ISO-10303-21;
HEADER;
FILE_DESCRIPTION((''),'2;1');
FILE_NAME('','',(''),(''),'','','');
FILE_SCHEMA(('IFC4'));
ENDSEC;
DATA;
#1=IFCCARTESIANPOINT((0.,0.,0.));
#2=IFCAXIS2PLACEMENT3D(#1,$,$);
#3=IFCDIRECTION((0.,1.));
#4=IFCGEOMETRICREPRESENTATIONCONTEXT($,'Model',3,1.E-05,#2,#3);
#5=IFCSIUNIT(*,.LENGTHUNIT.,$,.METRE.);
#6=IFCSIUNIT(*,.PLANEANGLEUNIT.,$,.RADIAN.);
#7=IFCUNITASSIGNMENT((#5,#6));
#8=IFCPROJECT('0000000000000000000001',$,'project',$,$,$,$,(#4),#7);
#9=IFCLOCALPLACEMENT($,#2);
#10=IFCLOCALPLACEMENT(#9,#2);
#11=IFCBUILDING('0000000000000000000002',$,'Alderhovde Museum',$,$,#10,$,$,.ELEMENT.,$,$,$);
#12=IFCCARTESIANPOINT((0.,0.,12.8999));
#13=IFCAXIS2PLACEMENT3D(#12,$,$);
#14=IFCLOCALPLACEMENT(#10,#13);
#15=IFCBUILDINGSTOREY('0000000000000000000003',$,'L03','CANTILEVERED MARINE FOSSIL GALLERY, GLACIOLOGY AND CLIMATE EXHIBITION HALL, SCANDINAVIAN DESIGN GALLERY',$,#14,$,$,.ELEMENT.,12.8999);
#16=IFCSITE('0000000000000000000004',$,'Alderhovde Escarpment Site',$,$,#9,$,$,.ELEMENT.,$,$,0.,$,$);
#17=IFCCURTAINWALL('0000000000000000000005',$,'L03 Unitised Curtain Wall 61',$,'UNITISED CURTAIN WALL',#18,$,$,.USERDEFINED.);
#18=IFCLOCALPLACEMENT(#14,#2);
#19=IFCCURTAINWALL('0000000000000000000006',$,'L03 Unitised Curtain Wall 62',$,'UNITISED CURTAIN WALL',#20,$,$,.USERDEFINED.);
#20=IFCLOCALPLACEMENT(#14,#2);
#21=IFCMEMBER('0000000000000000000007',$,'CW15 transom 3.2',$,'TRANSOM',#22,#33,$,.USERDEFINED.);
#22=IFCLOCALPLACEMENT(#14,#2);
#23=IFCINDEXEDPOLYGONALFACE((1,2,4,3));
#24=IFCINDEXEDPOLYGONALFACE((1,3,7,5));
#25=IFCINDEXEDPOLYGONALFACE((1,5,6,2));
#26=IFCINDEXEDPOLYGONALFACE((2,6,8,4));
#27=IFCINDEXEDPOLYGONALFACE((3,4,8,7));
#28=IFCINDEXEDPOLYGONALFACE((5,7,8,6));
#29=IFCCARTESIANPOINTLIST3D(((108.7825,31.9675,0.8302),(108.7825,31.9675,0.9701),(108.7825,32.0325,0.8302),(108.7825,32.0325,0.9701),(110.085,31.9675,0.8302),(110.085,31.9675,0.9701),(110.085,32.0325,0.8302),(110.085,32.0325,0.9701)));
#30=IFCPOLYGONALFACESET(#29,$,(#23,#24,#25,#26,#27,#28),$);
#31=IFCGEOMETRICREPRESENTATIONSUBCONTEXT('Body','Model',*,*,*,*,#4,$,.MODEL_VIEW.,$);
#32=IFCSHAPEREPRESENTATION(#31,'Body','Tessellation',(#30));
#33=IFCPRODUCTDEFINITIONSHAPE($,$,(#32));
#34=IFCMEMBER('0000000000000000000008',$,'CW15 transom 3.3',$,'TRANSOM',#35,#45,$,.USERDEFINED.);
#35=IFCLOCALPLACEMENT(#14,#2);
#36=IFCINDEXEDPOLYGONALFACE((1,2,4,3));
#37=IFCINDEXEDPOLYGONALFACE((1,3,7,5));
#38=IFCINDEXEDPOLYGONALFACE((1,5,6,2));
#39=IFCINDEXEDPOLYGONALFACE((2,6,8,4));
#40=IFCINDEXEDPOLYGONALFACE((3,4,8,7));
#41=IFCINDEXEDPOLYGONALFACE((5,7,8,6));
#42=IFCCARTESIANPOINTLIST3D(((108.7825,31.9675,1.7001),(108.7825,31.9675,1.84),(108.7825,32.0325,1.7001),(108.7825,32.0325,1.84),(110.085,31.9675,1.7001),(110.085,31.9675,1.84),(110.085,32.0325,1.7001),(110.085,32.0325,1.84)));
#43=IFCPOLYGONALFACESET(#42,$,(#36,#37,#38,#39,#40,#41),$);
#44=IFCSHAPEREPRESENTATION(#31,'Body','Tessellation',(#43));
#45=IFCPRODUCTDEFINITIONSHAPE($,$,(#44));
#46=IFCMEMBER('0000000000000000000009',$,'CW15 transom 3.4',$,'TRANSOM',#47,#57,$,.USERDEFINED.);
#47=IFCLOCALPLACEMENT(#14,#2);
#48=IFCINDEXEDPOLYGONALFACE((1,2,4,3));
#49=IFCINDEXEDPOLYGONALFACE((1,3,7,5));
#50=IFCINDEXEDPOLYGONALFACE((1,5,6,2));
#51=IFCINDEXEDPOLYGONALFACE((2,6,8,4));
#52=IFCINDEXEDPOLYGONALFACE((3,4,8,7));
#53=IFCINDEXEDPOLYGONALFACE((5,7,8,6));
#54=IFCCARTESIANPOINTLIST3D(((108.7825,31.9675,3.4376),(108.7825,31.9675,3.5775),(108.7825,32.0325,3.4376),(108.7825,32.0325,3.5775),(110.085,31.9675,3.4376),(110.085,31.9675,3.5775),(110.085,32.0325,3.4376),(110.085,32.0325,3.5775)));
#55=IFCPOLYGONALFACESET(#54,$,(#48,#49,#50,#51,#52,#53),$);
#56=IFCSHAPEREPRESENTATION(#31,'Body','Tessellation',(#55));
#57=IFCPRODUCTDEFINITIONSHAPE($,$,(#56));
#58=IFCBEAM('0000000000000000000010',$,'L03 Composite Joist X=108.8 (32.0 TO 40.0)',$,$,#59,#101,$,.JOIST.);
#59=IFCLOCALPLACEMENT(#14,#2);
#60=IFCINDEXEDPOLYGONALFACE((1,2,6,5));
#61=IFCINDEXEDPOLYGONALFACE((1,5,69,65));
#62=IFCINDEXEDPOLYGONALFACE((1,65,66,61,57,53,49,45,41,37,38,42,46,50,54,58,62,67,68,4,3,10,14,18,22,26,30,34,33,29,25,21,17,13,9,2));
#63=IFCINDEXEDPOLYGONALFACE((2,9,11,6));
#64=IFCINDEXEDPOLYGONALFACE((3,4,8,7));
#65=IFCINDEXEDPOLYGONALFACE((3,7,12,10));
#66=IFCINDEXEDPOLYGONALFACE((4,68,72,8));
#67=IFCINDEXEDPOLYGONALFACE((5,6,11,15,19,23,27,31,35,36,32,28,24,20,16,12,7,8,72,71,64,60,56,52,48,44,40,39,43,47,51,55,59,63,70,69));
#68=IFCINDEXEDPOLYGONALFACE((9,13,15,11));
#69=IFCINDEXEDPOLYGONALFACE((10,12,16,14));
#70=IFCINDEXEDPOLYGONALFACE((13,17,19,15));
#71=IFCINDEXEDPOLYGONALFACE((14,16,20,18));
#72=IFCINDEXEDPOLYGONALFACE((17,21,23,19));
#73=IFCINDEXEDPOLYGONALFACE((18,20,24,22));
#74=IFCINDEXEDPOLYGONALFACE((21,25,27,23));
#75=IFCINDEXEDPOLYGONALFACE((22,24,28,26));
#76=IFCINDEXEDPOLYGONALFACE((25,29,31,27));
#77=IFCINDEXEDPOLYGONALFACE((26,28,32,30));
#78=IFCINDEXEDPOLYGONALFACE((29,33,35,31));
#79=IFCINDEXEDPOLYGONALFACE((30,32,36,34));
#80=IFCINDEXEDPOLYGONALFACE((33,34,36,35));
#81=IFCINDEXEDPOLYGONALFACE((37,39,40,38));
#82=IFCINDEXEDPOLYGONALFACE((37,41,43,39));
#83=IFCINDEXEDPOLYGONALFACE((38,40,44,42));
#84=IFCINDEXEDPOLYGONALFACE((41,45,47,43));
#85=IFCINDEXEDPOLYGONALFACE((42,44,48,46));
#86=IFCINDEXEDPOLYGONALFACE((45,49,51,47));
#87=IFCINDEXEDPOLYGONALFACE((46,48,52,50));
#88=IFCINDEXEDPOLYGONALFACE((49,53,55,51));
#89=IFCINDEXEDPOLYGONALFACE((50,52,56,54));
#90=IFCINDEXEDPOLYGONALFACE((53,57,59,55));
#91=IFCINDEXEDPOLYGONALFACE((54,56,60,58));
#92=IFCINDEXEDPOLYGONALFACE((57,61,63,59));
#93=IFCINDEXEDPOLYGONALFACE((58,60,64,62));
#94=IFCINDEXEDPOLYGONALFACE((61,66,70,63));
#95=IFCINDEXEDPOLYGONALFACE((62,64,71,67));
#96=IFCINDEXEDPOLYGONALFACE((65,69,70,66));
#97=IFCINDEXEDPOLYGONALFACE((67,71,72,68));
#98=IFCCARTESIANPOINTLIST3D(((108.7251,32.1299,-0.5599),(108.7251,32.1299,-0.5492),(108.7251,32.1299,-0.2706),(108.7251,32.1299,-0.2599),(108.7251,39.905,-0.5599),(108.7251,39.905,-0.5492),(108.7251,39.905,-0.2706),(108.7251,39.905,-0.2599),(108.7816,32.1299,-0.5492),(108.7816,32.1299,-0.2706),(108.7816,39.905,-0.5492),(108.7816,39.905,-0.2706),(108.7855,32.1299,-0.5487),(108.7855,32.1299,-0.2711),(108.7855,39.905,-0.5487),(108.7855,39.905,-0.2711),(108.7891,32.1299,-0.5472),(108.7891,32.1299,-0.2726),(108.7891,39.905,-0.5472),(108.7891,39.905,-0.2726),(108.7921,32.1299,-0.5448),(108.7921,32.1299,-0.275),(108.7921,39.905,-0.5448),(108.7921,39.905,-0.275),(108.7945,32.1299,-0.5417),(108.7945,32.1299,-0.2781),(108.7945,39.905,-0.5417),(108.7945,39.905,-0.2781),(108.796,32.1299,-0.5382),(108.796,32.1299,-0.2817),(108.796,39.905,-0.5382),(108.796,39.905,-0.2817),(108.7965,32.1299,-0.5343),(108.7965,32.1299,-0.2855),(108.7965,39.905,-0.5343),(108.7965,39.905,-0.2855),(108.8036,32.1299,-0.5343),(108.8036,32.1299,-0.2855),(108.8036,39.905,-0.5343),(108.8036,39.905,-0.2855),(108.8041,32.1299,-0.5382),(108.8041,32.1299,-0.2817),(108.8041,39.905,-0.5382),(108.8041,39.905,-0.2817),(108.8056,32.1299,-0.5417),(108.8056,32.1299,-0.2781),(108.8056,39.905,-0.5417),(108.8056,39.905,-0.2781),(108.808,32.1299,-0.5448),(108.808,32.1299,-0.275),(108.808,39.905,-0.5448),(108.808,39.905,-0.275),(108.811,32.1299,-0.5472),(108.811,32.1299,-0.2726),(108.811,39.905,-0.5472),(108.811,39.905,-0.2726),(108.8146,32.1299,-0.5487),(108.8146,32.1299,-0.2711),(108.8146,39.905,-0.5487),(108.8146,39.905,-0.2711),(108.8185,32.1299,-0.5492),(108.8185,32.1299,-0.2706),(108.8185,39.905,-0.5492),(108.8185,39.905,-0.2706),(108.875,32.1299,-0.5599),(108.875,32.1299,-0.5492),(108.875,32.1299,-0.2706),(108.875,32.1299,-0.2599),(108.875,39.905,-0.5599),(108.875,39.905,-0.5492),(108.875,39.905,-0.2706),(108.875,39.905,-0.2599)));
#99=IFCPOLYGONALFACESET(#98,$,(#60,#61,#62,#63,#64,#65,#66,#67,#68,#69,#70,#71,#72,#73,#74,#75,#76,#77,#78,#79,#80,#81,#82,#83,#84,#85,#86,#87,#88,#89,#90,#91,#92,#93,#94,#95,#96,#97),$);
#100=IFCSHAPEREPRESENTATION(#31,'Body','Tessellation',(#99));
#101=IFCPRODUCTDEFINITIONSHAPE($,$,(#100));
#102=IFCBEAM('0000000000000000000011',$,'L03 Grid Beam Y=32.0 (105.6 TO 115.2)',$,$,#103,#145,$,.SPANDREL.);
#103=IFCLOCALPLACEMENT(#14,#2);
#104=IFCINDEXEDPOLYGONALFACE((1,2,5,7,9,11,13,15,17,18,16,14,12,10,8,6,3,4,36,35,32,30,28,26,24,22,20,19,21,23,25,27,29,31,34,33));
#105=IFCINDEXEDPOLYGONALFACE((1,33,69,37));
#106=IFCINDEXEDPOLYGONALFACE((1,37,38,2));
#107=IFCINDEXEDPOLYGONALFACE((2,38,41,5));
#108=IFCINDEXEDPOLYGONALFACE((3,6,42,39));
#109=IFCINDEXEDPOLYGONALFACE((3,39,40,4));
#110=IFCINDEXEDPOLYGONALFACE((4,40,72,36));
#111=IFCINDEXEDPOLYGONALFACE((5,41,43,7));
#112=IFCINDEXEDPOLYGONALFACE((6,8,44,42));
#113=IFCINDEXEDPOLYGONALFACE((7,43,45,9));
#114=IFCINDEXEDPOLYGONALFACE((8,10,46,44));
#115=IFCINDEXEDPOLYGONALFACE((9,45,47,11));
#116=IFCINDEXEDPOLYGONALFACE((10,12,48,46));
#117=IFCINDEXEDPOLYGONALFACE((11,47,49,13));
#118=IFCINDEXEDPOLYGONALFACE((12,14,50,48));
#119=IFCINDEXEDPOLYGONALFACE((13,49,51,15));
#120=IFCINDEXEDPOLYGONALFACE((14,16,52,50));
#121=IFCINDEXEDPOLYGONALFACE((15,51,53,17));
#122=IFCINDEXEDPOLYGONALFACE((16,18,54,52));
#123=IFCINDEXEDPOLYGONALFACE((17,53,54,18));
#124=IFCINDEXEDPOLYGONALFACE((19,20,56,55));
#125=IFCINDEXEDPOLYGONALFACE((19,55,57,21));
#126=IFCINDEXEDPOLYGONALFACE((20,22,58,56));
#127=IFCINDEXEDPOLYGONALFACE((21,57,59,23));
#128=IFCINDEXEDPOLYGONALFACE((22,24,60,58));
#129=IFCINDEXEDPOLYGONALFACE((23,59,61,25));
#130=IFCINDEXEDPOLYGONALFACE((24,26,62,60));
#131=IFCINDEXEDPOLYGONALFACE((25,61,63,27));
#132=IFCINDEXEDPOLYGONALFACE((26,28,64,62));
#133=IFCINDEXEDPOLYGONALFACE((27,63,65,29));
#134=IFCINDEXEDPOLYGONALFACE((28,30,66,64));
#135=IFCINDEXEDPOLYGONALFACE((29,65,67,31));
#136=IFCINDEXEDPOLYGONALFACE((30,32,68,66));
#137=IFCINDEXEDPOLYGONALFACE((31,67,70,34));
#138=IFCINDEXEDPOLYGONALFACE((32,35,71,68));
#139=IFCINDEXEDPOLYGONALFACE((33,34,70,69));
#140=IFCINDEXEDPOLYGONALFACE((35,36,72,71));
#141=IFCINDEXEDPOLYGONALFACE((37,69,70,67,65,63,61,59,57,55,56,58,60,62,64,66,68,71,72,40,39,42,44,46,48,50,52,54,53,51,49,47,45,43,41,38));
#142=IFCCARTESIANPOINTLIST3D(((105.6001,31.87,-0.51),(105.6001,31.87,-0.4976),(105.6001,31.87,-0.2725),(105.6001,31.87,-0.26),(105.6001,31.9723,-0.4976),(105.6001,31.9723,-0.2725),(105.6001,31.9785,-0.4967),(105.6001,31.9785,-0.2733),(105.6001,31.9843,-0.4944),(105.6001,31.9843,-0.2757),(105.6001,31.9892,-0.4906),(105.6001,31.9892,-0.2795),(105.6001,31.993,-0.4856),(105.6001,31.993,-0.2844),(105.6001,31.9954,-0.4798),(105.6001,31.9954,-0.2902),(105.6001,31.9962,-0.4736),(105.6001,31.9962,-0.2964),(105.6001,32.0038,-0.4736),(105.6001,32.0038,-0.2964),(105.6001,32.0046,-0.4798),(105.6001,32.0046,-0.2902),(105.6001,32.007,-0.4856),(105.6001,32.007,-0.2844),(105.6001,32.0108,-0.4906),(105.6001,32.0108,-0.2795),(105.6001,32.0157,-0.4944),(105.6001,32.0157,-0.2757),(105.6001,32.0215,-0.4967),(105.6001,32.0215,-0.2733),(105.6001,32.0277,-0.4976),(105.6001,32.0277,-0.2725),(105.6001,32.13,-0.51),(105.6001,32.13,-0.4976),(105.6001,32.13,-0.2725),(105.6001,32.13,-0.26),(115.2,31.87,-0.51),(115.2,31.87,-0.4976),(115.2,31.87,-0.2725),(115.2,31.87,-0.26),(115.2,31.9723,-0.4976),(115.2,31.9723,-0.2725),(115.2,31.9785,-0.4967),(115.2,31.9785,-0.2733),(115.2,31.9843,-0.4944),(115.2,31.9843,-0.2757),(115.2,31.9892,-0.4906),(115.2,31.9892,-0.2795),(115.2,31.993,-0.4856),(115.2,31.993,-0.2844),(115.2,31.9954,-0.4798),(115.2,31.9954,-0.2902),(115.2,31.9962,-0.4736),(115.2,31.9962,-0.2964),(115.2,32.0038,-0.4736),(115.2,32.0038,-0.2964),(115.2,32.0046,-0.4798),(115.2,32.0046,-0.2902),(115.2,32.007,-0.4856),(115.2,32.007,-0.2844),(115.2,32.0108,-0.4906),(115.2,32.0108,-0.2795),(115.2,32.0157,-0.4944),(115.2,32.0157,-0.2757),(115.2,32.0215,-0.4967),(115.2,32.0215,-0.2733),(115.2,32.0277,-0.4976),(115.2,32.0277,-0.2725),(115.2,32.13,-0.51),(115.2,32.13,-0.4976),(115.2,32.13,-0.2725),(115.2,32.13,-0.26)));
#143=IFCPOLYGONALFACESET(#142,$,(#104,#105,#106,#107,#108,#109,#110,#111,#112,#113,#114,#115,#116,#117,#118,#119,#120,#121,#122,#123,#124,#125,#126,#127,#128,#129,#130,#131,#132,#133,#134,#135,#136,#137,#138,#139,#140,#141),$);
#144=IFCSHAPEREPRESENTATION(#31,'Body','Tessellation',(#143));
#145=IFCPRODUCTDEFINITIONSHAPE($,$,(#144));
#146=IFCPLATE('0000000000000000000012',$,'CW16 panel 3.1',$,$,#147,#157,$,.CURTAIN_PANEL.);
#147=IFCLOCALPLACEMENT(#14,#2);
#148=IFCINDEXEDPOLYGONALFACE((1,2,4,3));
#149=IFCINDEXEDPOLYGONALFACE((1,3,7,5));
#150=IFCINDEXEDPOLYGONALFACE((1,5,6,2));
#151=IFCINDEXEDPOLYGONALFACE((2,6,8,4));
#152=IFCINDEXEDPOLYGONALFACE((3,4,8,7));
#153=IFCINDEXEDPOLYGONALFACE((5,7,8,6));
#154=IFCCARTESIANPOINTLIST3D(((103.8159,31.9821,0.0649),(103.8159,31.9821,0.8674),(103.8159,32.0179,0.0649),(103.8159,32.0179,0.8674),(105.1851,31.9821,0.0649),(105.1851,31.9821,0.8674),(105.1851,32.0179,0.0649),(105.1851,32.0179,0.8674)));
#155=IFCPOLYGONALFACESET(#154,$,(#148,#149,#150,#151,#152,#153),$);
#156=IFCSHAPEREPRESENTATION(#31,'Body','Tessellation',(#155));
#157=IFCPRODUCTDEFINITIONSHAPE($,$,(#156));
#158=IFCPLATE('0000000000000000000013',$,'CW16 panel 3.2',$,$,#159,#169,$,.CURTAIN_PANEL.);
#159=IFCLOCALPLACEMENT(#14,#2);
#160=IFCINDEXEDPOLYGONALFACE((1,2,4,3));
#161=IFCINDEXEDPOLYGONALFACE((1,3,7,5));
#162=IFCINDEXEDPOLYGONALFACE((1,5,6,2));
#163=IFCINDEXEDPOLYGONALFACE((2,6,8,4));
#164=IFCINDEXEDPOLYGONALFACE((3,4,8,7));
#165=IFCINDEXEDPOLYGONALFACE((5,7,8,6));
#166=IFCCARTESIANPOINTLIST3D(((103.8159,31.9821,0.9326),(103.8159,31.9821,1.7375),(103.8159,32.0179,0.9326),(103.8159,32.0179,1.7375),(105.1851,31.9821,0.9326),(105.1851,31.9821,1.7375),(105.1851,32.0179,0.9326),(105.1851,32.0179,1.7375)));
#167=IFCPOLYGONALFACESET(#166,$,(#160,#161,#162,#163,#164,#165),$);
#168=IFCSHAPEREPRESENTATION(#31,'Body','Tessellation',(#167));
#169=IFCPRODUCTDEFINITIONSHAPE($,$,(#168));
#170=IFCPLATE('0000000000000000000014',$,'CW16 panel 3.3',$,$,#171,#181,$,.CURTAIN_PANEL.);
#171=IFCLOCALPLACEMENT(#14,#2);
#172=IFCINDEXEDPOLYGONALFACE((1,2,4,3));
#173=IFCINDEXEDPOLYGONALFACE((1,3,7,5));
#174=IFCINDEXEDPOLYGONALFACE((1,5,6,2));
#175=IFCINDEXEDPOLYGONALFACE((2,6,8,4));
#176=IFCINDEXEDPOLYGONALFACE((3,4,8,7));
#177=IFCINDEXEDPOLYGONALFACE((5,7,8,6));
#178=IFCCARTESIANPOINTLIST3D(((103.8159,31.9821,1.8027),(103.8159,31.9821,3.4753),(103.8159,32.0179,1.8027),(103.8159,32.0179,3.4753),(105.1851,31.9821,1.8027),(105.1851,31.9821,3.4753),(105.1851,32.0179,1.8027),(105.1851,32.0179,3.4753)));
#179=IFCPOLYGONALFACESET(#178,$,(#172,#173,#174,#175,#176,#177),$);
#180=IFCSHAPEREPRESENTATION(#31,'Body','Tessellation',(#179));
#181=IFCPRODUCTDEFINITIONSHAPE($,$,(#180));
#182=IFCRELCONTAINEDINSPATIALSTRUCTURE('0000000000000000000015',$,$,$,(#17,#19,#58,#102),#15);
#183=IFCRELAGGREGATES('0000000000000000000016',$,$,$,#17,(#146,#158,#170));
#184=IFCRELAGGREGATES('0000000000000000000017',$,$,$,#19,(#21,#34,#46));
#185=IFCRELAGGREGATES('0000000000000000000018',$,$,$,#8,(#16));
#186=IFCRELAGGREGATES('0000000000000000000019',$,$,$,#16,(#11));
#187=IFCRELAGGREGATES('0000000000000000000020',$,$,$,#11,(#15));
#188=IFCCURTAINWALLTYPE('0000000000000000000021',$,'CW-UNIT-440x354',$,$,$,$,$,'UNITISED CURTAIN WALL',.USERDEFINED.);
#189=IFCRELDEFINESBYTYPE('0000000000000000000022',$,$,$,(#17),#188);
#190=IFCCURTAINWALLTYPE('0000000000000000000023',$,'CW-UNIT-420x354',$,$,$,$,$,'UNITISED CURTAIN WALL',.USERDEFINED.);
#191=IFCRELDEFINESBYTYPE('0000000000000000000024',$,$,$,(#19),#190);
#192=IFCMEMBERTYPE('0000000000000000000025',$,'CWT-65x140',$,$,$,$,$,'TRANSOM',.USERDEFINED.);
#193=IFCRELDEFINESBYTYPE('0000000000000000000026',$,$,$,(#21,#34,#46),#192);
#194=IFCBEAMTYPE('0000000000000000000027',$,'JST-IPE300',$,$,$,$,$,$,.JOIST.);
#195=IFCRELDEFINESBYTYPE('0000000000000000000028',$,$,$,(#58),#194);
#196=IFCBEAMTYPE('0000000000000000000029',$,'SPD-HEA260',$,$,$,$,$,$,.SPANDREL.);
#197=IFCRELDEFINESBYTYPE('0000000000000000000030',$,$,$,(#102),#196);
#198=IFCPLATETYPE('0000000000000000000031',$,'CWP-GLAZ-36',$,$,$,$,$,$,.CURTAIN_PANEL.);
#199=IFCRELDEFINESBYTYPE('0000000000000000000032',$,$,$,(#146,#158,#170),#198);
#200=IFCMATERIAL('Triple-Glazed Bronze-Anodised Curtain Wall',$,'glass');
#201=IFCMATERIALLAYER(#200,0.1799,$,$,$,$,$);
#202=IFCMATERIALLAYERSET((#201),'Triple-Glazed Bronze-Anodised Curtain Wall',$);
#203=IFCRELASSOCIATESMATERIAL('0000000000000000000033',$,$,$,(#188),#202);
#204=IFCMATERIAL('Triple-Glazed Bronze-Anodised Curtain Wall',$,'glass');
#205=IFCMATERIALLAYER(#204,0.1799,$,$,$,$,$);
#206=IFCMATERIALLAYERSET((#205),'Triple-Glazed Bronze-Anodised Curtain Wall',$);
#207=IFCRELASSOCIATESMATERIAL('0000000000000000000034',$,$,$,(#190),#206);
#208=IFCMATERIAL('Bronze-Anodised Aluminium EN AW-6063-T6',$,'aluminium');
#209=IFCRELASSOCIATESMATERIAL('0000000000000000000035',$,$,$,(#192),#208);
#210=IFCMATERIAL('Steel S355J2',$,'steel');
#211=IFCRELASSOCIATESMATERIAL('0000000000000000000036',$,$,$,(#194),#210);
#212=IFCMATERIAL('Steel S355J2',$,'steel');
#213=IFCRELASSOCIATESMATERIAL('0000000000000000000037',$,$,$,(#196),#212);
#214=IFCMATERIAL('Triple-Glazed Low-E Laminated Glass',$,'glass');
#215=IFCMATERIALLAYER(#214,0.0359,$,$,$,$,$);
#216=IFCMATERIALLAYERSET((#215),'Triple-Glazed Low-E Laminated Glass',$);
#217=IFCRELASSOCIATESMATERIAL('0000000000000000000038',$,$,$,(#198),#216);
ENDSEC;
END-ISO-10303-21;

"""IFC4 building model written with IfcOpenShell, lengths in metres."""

from ifc_helpers import new_model, si_unit, direction, frame, origin, origin_2d, place, context, subcontext, project, spatial, rectangle, i_section, extrude, material, layer, layer_set, material_profile, profile_set, type_object, element, aggregate, save


model = new_model("IFC4")

# Units and contexts
model_context = context("Model", 3, precision=1e-05, world=origin(), true_north=direction((0.0, 1.0)))
body_context = subcontext(model_context, "Body", "Model", "MODEL_VIEW")
ifc_project = project(units=[si_unit("LENGTHUNIT", "METRE"), si_unit("PLANEANGLEUNIT", "RADIAN")], contexts=[model_context])

# Site, building, storey
site_placement = place(None, origin())
site = spatial("IfcSite", under=ifc_project, at=site_placement, Name="Alderhovde Escarpment Site", CompositionType="ELEMENT", RefElevation=0.0)
building_placement = place(site_placement, origin())
building = spatial("IfcBuilding", under=site, at=building_placement, Name="Alderhovde Museum", CompositionType="ELEMENT")
storey_placement = place(building_placement, frame((0.0, 0.0, 12.8999)))
storey = spatial("IfcBuildingStorey", under=building, at=storey_placement, Name="L03", Description="CANTILEVERED MARINE FOSSIL GALLERY, GLACIOLOGY AND CLIMATE EXHIBITION HALL, SCANDINAVIAN DESIGN GALLERY", CompositionType="ELEMENT", Elevation=12.8999)

# Curtain wall
ifc_material_1 = material(Name="Triple-Glazed Bronze-Anodised Curtain Wall", Category="glass")
ifc_layer_1 = layer(ifc_material_1, 0.1799)
ifc_layer_set_1 = layer_set([ifc_layer_1], Name="Triple-Glazed Bronze-Anodised Curtain Wall")
curtain_wall_type_1 = type_object("IfcCurtainWallType", Name="CW-UNIT-440x354", ElementType="UNITISED CURTAIN WALL", PredefinedType="USERDEFINED", material=ifc_layer_set_1)
curtain_wall_1_placement = place(storey_placement, origin())
curtain_wall_1 = element("IfcCurtainWall", 1, at=curtain_wall_1_placement, inside=storey, type_object=curtain_wall_type_1, Name="L03 Unitised Curtain Wall 61", ObjectType="UNITISED CURTAIN WALL", PredefinedType="USERDEFINED")

# Curtain wall
ifc_material_2 = material(Name="Triple-Glazed Bronze-Anodised Curtain Wall", Category="glass")
ifc_layer_2 = layer(ifc_material_2, 0.1799)
ifc_layer_set_2 = layer_set([ifc_layer_2], Name="Triple-Glazed Bronze-Anodised Curtain Wall")
curtain_wall_type_2 = type_object("IfcCurtainWallType", Name="CW-UNIT-420x354", ElementType="UNITISED CURTAIN WALL", PredefinedType="USERDEFINED", material=ifc_layer_set_2)
curtain_wall_2_placement = place(storey_placement, origin())
curtain_wall_2 = element("IfcCurtainWall", 2, at=curtain_wall_2_placement, inside=storey, type_object=curtain_wall_type_2, Name="L03 Unitised Curtain Wall 62", ObjectType="UNITISED CURTAIN WALL", PredefinedType="USERDEFINED")

# Members
ifc_material_3 = material(Name="Bronze-Anodised Aluminium EN AW-6063-T6", Category="aluminium")
ifc_material_profile_1 = material_profile(ifc_material_3, rectangle(XDim=0.0649, YDim=0.1399, at=origin_2d()), Name="TRANSOM 65x140")
ifc_profile_set_1 = profile_set([ifc_material_profile_1], Name="Bronze-Anodised Aluminium EN AW-6063-T6")
member_type_1 = type_object("IfcMemberType", Name="CWT-65x140", ElementType="TRANSOM", PredefinedType="USERDEFINED", material=ifc_profile_set_1)
member_1_placement = place(storey_placement, frame((108.7825, 32.0, 0.9001), z_axis=(1.0, 0.0, 0.0), x_axis=(0.0, 1.0, 0.0)))
member_1 = element("IfcMember", 3, at=member_1_placement, type_object=member_type_1, Name="CW15 transom 3.2", ObjectType="TRANSOM", PredefinedType="USERDEFINED", context=body_context, shape_type="SweptSolid", body=[
    extrude(rectangle(XDim=0.0649, YDim=0.1399, at=origin_2d()), origin(), (0.0, 0.0, 1.0), 1.3025),
])
member_2_placement = place(storey_placement, frame((108.7825, 32.0, 1.77), z_axis=(1.0, 0.0, 0.0), x_axis=(0.0, 1.0, 0.0)))
member_2 = element("IfcMember", 4, at=member_2_placement, type_object=member_type_1, Name="CW15 transom 3.3", ObjectType="TRANSOM", PredefinedType="USERDEFINED", context=body_context, shape_type="SweptSolid", body=[
    extrude(rectangle(XDim=0.0649, YDim=0.1399, at=origin_2d()), origin(), (0.0, 0.0, 1.0), 1.3025),
])
member_3_placement = place(storey_placement, frame((108.7825, 32.0, 3.5076), z_axis=(1.0, 0.0, 0.0), x_axis=(0.0, 1.0, 0.0)))
member_3 = element("IfcMember", 5, at=member_3_placement, type_object=member_type_1, Name="CW15 transom 3.4", ObjectType="TRANSOM", PredefinedType="USERDEFINED", context=body_context, shape_type="SweptSolid", body=[
    extrude(rectangle(XDim=0.0649, YDim=0.1399, at=origin_2d()), origin(), (0.0, 0.0, 1.0), 1.3025),
])

# Beams
ifc_material_4 = material(Name="Steel S355J2", Category="steel")
ifc_material_profile_2 = material_profile(ifc_material_4, i_section(OverallWidth=0.1499, OverallDepth=0.3, WebThickness=0.0071, FlangeThickness=0.0107, FilletRadius=0.0149, at=origin_2d()), Name="IPE 300")
ifc_profile_set_2 = profile_set([ifc_material_profile_2], Name="Steel S355J2")
beam_type_1 = type_object("IfcBeamType", Name="JST-IPE300", PredefinedType="JOIST", material=ifc_profile_set_2)
beam_1_placement = place(storey_placement, frame((108.8, 32.1299, -0.4099), z_axis=(0.0, 1.0, 0.0), x_axis=(-1.0, 0.0, 0.0)))
element("IfcBeam", 6, at=beam_1_placement, inside=storey, type_object=beam_type_1, Name="L03 Composite Joist X=108.8 (32.0 TO 40.0)", PredefinedType="JOIST", context=body_context, shape_type="SweptSolid", body=[
    extrude(i_section(OverallWidth=0.1499, OverallDepth=0.3, WebThickness=0.0071, FlangeThickness=0.0107, FilletRadius=0.0149, at=origin_2d()), origin(), (0.0, 0.0, 1.0), 7.7751),
])
ifc_material_5 = material(Name="Steel S355J2", Category="steel")
ifc_material_profile_3 = material_profile(ifc_material_5, i_section(OverallWidth=0.26, OverallDepth=0.25, WebThickness=0.0076, FlangeThickness=0.0125, FilletRadius=0.0239, at=origin_2d()), Name="HEA 260")
ifc_profile_set_3 = profile_set([ifc_material_profile_3], Name="Steel S355J2")
beam_type_2 = type_object("IfcBeamType", Name="SPD-HEA260", PredefinedType="SPANDREL", material=ifc_profile_set_3)
beam_2_placement = place(storey_placement, frame((105.6001, 32.0, -0.385), z_axis=(1.0, 0.0, 0.0), x_axis=(0.0, 1.0, 0.0)))
element("IfcBeam", 7, at=beam_2_placement, inside=storey, type_object=beam_type_2, Name="L03 Grid Beam Y=32.0 (105.6 TO 115.2)", PredefinedType="SPANDREL", context=body_context, shape_type="SweptSolid", body=[
    extrude(i_section(OverallWidth=0.26, OverallDepth=0.25, WebThickness=0.0076, FlangeThickness=0.0125, FilletRadius=0.0239, at=origin_2d()), origin(), (0.0, 0.0, 1.0), 9.5999),
])

# Plates
ifc_material_6 = material(Name="Triple-Glazed Low-E Laminated Glass", Category="glass")
ifc_layer_3 = layer(ifc_material_6, 0.0359)
ifc_layer_set_3 = layer_set([ifc_layer_3], Name="Triple-Glazed Low-E Laminated Glass")
plate_type_1 = type_object("IfcPlateType", Name="CWP-GLAZ-36", PredefinedType="CURTAIN_PANEL", material=ifc_layer_set_3)
plate_1_placement = place(storey_placement, frame((104.5005, 32.0, 0.0649), z_axis=(0.0, 0.0, 1.0), x_axis=(1.0, 0.0, 0.0)))
plate_1 = element("IfcPlate", 8, at=plate_1_placement, type_object=plate_type_1, Name="CW16 panel 3.1", PredefinedType="CURTAIN_PANEL", context=body_context, shape_type="SweptSolid", body=[
    extrude(rectangle(XDim=1.3691, YDim=0.0359, at=origin_2d()), origin(), (0.0, 0.0, 1.0), 0.8025),
])
plate_2_placement = place(storey_placement, frame((104.5005, 32.0, 0.9326), z_axis=(0.0, 0.0, 1.0), x_axis=(1.0, 0.0, 0.0)))
plate_2 = element("IfcPlate", 9, at=plate_2_placement, type_object=plate_type_1, Name="CW16 panel 3.2", PredefinedType="CURTAIN_PANEL", context=body_context, shape_type="SweptSolid", body=[
    extrude(rectangle(XDim=1.3691, YDim=0.0359, at=origin_2d()), origin(), (0.0, 0.0, 1.0), 0.8049),
])
plate_3_placement = place(storey_placement, frame((104.5005, 32.0, 1.8027), z_axis=(0.0, 0.0, 1.0), x_axis=(1.0, 0.0, 0.0)))
plate_3 = element("IfcPlate", 10, at=plate_3_placement, type_object=plate_type_1, Name="CW16 panel 3.3", PredefinedType="CURTAIN_PANEL", context=body_context, shape_type="SweptSolid", body=[
    extrude(rectangle(XDim=1.3691, YDim=0.0359, at=origin_2d()), origin(), (0.0, 0.0, 1.0), 1.6726),
])
aggregate(curtain_wall_1, [plate_1, plate_2, plate_3])
aggregate(curtain_wall_2, [member_1, member_2, member_3])

save(model, "model.ifc")
